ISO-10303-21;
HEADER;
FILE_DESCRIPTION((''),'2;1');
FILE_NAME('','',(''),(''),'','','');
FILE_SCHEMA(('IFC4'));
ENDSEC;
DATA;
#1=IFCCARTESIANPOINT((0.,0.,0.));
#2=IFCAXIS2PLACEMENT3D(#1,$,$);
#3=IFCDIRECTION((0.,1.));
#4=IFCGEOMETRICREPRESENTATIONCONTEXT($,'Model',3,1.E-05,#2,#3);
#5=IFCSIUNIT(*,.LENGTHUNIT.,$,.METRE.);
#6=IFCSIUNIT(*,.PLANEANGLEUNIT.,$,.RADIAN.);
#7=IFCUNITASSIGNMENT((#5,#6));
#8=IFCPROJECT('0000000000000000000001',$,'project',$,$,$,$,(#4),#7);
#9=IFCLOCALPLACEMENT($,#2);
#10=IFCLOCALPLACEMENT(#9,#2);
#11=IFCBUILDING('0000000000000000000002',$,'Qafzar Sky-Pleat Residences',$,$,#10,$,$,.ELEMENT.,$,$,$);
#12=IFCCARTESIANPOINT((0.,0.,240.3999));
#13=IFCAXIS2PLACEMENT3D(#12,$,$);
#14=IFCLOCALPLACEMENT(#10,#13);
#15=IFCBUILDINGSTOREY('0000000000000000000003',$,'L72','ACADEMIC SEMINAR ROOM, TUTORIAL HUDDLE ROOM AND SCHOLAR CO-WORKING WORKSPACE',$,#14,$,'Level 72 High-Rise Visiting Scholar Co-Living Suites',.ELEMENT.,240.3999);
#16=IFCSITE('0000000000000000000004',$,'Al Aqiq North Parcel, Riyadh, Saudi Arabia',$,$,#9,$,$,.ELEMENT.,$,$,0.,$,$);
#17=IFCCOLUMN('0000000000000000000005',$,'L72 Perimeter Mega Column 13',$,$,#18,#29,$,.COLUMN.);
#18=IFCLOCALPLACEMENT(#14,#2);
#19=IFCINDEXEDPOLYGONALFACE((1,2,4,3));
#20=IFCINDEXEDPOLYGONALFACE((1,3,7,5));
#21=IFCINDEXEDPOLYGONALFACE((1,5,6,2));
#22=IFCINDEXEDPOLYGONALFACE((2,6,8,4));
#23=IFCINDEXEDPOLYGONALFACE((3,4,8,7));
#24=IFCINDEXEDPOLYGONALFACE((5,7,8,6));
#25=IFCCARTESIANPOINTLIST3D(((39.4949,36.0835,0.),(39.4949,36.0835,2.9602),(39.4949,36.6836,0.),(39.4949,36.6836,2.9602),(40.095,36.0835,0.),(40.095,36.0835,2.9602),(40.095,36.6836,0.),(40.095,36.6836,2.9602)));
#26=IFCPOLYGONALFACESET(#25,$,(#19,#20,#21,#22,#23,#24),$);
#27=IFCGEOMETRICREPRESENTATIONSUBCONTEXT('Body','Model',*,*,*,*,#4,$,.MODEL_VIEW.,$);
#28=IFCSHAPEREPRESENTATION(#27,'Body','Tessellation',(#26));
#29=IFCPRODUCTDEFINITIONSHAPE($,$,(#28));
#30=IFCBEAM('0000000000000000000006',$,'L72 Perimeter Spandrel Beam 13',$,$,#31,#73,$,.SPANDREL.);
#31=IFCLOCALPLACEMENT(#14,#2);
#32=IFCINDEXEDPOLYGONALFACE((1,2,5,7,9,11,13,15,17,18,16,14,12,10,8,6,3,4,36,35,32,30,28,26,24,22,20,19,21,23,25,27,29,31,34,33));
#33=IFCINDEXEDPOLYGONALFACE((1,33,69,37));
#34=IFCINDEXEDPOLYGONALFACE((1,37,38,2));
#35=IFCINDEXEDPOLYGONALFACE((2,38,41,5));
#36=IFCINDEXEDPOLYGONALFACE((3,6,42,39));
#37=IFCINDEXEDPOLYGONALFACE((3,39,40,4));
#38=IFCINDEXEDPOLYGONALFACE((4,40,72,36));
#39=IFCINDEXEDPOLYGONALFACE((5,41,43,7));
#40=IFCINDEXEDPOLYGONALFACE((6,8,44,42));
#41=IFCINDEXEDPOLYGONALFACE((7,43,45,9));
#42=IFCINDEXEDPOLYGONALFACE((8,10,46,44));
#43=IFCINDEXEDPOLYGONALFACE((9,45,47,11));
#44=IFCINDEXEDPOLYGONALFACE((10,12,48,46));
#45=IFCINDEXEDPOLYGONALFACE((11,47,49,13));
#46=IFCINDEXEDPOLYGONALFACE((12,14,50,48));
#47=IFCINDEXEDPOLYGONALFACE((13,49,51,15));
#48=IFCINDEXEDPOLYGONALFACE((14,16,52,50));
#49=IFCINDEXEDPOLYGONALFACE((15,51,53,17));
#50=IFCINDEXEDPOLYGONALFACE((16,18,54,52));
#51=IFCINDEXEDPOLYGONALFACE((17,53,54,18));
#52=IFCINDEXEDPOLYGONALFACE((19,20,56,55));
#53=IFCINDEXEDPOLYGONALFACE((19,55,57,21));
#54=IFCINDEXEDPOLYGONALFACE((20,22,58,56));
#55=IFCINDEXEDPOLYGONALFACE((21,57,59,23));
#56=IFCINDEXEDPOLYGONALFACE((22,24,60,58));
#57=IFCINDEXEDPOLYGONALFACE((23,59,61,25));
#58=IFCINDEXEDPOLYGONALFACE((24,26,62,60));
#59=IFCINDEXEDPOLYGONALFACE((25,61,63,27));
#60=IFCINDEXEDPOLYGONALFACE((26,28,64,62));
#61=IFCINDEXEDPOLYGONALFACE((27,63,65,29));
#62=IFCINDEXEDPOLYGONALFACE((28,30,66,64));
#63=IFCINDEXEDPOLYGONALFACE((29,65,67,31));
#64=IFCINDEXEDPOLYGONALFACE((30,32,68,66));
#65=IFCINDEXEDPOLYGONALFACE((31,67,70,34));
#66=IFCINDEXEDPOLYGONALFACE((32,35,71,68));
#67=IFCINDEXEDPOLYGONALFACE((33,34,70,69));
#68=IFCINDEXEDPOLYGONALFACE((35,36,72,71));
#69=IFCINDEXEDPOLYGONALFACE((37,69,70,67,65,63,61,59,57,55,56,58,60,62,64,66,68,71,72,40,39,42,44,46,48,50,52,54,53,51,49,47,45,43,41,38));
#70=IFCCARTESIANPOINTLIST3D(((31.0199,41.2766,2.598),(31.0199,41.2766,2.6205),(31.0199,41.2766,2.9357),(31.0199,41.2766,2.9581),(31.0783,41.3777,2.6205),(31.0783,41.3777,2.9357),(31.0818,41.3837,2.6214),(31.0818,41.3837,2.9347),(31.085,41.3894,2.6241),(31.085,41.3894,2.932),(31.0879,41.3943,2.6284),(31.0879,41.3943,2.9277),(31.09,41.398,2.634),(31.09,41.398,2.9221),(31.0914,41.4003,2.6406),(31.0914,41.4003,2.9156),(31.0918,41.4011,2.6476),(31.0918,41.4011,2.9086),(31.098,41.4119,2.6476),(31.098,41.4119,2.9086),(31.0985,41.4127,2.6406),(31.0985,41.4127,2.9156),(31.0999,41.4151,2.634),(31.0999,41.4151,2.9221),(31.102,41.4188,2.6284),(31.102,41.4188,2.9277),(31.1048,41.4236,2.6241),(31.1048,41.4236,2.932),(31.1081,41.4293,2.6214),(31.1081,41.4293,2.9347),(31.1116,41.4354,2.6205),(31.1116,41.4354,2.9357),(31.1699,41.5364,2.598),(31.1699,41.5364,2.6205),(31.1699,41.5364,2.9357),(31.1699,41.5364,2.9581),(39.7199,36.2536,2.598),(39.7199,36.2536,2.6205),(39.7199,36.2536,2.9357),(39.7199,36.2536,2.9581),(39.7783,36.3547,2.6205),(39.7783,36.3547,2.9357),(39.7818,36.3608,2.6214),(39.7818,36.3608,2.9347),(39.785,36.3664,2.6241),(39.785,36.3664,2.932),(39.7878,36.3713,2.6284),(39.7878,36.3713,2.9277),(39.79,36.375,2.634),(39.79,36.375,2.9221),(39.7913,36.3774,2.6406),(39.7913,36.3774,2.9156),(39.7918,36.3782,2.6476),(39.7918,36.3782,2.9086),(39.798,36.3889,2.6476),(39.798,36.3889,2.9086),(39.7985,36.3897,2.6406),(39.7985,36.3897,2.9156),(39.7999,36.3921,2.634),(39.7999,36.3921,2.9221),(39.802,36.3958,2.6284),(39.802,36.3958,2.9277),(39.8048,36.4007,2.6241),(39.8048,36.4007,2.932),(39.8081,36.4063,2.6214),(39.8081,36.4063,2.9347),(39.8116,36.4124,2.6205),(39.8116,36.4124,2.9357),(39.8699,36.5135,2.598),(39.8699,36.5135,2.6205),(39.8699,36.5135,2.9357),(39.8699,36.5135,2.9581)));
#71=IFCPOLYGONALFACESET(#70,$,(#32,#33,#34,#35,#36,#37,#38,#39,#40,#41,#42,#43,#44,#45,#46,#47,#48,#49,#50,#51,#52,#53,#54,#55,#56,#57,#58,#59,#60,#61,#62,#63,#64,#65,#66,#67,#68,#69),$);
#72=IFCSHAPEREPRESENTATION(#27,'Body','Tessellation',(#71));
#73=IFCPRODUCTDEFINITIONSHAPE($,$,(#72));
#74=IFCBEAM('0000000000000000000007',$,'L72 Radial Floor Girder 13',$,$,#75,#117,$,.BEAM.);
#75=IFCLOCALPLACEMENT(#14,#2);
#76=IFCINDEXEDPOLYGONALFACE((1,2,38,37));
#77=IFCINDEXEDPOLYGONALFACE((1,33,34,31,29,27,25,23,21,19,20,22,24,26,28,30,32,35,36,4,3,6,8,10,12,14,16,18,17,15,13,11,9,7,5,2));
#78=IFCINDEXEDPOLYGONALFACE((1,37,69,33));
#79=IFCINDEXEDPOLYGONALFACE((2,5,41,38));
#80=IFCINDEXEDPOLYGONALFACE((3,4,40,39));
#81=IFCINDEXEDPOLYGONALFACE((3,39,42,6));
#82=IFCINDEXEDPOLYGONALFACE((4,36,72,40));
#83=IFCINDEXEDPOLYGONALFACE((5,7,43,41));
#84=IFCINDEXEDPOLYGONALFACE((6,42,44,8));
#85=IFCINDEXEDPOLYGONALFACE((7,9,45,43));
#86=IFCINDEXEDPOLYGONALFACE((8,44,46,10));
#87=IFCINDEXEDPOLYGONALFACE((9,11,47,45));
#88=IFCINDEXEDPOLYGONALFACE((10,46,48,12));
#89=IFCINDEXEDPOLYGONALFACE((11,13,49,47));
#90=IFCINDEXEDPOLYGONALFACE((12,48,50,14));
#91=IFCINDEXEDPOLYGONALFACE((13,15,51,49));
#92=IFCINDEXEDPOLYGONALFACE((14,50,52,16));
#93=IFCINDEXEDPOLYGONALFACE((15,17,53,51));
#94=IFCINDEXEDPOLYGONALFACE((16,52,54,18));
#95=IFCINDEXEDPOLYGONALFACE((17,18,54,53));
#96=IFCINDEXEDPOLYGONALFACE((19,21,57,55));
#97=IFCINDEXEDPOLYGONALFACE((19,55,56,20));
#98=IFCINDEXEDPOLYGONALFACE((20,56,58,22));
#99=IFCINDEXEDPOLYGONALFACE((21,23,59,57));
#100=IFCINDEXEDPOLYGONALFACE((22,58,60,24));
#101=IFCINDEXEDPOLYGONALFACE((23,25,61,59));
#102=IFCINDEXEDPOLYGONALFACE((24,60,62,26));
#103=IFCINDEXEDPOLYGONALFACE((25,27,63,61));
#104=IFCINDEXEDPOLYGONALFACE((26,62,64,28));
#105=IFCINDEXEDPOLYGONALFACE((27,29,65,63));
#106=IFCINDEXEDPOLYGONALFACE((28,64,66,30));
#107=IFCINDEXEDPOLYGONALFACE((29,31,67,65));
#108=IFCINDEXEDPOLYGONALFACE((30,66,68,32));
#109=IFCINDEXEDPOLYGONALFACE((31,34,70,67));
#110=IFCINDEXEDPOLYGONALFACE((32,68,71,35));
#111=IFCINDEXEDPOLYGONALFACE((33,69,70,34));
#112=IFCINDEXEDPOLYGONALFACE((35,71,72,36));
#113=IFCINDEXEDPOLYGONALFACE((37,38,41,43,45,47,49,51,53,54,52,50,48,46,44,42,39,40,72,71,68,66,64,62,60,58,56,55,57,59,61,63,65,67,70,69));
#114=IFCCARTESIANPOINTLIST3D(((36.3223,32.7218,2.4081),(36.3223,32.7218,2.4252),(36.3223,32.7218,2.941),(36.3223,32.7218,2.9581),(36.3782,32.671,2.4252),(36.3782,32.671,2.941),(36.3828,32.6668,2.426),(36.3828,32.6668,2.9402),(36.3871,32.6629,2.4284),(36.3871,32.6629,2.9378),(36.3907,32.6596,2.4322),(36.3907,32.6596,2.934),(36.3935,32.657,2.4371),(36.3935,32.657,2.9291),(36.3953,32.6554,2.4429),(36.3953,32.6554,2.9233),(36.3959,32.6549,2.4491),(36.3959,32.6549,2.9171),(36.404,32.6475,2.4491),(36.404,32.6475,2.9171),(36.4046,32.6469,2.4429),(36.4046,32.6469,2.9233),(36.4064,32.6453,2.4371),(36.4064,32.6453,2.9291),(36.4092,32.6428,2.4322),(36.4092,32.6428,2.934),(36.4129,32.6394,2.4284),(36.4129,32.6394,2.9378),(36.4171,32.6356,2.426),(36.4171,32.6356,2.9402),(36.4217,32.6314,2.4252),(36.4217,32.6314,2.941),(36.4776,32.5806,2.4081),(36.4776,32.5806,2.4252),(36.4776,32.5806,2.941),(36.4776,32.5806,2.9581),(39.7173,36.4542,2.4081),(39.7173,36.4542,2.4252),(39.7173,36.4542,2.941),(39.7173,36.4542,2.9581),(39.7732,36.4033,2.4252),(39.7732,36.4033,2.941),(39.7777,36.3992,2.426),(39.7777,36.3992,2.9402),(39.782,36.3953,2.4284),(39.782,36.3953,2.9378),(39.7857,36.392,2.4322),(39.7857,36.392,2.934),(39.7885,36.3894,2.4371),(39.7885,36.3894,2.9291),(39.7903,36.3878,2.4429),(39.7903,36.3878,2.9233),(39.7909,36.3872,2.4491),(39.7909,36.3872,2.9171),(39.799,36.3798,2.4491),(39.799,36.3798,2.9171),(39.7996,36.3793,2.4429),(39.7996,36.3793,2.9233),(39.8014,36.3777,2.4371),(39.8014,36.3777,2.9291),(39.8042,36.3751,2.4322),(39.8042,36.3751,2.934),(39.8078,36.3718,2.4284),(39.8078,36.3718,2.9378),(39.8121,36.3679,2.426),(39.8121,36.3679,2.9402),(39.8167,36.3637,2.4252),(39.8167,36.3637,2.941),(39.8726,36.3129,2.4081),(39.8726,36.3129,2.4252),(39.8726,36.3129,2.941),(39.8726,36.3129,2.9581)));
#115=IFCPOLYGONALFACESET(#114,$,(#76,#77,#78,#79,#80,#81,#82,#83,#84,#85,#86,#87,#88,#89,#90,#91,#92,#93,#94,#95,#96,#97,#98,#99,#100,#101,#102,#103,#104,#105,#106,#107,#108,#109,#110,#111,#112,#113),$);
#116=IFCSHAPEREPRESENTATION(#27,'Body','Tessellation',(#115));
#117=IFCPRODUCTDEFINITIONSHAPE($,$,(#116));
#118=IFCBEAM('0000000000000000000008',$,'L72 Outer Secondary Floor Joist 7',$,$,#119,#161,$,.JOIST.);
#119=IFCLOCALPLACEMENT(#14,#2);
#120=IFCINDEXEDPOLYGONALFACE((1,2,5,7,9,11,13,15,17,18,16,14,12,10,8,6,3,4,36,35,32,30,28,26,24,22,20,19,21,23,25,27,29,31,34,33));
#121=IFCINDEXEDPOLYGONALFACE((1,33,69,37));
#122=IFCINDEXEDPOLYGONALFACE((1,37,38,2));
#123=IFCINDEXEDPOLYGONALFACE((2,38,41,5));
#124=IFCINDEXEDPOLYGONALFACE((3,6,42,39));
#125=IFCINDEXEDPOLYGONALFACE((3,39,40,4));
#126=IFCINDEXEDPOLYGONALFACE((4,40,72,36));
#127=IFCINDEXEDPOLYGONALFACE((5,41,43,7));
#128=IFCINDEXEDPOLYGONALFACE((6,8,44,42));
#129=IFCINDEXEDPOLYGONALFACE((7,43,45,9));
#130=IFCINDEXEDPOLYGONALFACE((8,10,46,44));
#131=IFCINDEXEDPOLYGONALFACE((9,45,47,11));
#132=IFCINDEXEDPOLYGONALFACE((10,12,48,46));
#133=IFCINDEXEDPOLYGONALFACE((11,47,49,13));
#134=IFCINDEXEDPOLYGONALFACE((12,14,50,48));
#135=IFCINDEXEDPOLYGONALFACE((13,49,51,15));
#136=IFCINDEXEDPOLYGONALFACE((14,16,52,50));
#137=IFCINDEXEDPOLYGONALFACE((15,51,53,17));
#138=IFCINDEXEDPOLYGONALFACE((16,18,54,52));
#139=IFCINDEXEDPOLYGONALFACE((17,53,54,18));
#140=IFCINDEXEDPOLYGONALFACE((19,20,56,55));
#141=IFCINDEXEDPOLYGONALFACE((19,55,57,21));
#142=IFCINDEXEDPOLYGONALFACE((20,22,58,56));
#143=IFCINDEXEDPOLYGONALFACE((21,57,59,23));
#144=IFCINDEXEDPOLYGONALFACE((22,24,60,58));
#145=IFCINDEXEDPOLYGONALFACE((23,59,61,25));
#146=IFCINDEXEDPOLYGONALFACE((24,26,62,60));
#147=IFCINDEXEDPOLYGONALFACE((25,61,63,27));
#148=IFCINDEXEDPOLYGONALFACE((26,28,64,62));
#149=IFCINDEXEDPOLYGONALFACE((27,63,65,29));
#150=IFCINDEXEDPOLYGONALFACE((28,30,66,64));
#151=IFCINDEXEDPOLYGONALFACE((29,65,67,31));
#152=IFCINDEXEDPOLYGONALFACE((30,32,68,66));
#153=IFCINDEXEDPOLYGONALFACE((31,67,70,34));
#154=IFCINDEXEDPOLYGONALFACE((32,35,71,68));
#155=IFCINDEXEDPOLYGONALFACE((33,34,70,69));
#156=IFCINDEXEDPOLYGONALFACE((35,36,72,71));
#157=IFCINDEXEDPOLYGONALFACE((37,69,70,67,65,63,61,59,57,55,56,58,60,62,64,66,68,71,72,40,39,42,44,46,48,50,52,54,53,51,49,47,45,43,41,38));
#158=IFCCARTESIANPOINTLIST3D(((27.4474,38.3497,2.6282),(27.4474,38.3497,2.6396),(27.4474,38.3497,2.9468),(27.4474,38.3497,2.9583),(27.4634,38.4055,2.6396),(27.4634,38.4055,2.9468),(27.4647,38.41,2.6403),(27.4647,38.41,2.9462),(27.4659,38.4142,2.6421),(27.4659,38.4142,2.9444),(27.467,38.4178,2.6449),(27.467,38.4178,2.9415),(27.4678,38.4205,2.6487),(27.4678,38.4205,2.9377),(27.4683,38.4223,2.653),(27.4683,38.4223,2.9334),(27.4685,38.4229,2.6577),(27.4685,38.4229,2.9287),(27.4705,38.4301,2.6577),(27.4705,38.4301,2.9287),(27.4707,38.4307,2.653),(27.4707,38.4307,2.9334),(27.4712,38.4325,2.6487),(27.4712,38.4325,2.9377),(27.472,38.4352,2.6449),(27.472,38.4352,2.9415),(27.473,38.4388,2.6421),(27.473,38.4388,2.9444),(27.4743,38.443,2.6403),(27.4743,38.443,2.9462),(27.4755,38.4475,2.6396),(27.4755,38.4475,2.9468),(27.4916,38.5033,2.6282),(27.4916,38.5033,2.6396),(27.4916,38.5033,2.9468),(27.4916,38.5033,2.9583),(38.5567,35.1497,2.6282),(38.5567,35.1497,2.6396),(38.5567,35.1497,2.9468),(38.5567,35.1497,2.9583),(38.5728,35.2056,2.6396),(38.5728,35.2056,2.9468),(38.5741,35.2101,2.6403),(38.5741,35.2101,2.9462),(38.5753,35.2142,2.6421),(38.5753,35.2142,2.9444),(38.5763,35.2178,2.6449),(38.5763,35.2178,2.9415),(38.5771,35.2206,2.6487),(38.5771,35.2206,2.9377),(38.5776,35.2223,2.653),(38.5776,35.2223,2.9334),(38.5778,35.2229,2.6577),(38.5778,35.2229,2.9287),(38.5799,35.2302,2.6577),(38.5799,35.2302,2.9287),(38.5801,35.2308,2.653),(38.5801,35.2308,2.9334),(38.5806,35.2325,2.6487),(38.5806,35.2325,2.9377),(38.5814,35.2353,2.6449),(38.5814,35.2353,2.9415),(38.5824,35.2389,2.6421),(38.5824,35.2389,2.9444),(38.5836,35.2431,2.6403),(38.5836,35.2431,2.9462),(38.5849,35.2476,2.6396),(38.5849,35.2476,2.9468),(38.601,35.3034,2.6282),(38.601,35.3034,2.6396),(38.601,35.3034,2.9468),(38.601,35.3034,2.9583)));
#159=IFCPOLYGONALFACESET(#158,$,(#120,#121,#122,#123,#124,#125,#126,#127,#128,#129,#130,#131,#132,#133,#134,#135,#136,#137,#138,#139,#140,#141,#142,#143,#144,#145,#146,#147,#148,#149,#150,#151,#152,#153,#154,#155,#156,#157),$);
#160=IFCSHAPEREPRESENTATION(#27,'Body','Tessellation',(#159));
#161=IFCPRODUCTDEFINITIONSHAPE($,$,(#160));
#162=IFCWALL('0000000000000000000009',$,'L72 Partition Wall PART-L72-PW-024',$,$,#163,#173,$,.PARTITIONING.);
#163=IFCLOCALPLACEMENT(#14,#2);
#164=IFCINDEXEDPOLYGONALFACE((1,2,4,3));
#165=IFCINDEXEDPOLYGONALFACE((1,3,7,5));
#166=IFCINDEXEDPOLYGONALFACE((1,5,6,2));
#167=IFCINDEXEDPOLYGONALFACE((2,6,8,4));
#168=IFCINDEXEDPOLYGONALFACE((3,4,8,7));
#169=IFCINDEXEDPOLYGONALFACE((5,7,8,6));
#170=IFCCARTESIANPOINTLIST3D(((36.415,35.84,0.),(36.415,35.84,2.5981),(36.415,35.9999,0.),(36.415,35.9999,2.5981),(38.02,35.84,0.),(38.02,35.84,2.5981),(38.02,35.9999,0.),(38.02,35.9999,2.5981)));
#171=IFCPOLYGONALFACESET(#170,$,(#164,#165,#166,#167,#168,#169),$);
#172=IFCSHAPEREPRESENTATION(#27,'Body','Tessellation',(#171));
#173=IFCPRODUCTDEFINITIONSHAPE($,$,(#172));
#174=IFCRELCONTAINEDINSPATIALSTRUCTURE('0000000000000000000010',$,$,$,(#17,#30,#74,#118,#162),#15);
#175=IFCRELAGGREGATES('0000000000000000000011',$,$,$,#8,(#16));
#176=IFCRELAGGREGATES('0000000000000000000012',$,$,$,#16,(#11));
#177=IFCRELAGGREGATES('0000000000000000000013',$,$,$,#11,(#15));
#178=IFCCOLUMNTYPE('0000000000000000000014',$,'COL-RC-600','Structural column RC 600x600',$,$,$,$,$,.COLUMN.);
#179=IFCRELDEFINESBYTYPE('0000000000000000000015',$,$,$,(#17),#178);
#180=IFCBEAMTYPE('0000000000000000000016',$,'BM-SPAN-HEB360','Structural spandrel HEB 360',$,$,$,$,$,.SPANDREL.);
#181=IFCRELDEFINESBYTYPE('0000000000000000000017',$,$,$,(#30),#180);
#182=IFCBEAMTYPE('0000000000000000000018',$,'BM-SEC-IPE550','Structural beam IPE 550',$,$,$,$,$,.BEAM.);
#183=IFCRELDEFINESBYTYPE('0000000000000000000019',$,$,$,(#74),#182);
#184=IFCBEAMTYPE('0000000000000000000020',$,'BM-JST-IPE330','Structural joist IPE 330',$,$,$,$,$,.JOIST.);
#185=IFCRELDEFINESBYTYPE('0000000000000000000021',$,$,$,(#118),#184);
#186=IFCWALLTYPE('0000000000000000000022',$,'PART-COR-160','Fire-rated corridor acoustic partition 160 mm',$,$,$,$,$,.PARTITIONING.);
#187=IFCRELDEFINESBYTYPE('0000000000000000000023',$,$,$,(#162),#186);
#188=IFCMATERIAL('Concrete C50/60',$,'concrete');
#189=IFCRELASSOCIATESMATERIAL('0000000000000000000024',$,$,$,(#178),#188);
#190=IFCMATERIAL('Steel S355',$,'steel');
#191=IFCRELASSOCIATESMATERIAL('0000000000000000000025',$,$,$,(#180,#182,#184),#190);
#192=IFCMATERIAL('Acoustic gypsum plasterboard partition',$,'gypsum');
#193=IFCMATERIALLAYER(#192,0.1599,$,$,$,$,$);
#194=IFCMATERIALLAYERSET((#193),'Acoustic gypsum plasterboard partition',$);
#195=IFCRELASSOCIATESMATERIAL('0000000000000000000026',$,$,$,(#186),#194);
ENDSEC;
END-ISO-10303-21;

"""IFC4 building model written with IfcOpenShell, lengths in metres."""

from ifc_helpers import new_model, si_unit, direction, frame, frame_2d, origin, origin_2d, place, context, subcontext, project, spatial, rectangle, i_section, extrude, source, transform, mapped, material, layer, layer_set, material_profile, profile_set, type_object, element, save


model = new_model("IFC4")

# Units and contexts
model_context = context("Model", 3, precision=1e-05, world=origin(), true_north=direction((0.0, 1.0)))
body_context = subcontext(model_context, "Body", "Model", "MODEL_VIEW")
ifc_project = project(units=[si_unit("LENGTHUNIT", "METRE"), si_unit("PLANEANGLEUNIT", "RADIAN")], contexts=[model_context])

# Site, building, storey
site_placement = place(None, origin())
site = spatial("IfcSite", under=ifc_project, at=site_placement, Name="Al Aqiq North Parcel, Riyadh, Saudi Arabia", CompositionType="ELEMENT", RefElevation=0.0)
building_placement = place(site_placement, origin())
building = spatial("IfcBuilding", under=site, at=building_placement, Name="Qafzar Sky-Pleat Residences", CompositionType="ELEMENT")
storey_placement = place(building_placement, frame((0.0, 0.0, 240.3999)))
storey = spatial("IfcBuildingStorey", under=building, at=storey_placement, Name="L72", Description="ACADEMIC SEMINAR ROOM, TUTORIAL HUDDLE ROOM AND SCHOLAR CO-WORKING WORKSPACE", LongName="Level 72 High-Rise Visiting Scholar Co-Living Suites", CompositionType="ELEMENT", Elevation=240.3999)

# Column
ifc_material_1 = material(Name="Concrete C50/60", Category="concrete")
ifc_material_profile_1 = material_profile(ifc_material_1, rectangle(XDim=0.6001, YDim=0.6001, at=origin_2d()), Name="RC 600x600")
ifc_profile_set_1 = profile_set([ifc_material_profile_1], Name="Concrete C50/60")
column_type = type_object("IfcColumnType", Name="COL-RC-600", Description="Structural column RC 600x600", PredefinedType="COLUMN", material=ifc_profile_set_1)
shared_shape_1 = source(origin(), body_context, "Body", "SweptSolid", [
    extrude(rectangle(XDim=0.6001, YDim=0.6001, at=origin_2d()), origin(), (0.0, 0.0, 1.0), 2.9602),
])
column_placement = place(storey_placement, frame((39.7949, 36.3835, 0.0), z_axis=(0.0, 0.0, 1.0), x_axis=(1.0, 0.0, 0.0)))
element("IfcColumn", 1, at=column_placement, inside=storey, type_object=column_type, Name="L72 Perimeter Mega Column 13", PredefinedType="COLUMN", context=body_context, shape_type="MappedRepresentation", body=[
    mapped(shared_shape_1, transform((0.0, 0.0, 0.0), x_axis=(1.0, 0.0, 0.0), y_axis=(0.0, 1.0, 0.0), z_axis=(0.0, 0.0, 1.0), scale=1.0)),
])

# Beams
ifc_material_2 = material(Name="Steel S355", Category="steel")
ifc_material_profile_2 = material_profile(ifc_material_2, i_section(OverallWidth=0.3, OverallDepth=0.3601, WebThickness=0.0125, FlangeThickness=0.0225, FilletRadius=0.0271, at=origin_2d()), Name="HEB 360")
ifc_profile_set_2 = profile_set([ifc_material_profile_2], Name="Steel S355")
beam_type_1 = type_object("IfcBeamType", Name="BM-SPAN-HEB360", Description="Structural spandrel HEB 360", PredefinedType="SPANDREL", material=ifc_profile_set_2)
shared_shape_2 = source(origin(), body_context, "Body", "SweptSolid", [
    extrude(i_section(OverallWidth=0.3, OverallDepth=0.3601, WebThickness=0.0125, FlangeThickness=0.0225, FilletRadius=0.0271, at=origin_2d()), origin(), (0.0, 0.0, 1.0), 10.0459),
])
beam_1_placement = place(storey_placement, frame((39.7949, 36.3835, 2.7781), z_axis=(-0.866024, 0.500002, 0.0), x_axis=(-0.500002, -0.866024, 0.0)))
element("IfcBeam", 2, at=beam_1_placement, inside=storey, type_object=beam_type_1, Name="L72 Perimeter Spandrel Beam 13", PredefinedType="SPANDREL", context=body_context, shape_type="MappedRepresentation", body=[
    mapped(shared_shape_2, transform((0.0, 0.0, 0.0), x_axis=(1.0, 0.0, 0.0), y_axis=(0.0, 1.0, 0.0), z_axis=(0.0, 0.0, 1.0), scale=1.0)),
])
ifc_material_profile_3 = material_profile(ifc_material_2, i_section(OverallWidth=0.21, OverallDepth=0.55, WebThickness=0.011, FlangeThickness=0.0171, FilletRadius=0.0239, at=origin_2d()), Name="IPE 550")
ifc_profile_set_3 = profile_set([ifc_material_profile_3], Name="Steel S355")
beam_type_2 = type_object("IfcBeamType", Name="BM-SEC-IPE550", Description="Structural beam IPE 550", PredefinedType="BEAM", material=ifc_profile_set_3)
shared_shape_3 = source(origin(), body_context, "Body", "SweptSolid", [
    extrude(i_section(OverallWidth=0.21, OverallDepth=0.55, WebThickness=0.011, FlangeThickness=0.0171, FilletRadius=0.0239, at=origin_2d()), origin(), (0.0, 0.0, 1.0), 5.0454),
])
beam_2_placement = place(storey_placement, frame((39.7949, 36.3835, 2.6831), z_axis=(-0.67288, -0.739752, 0.0), x_axis=(0.739752, -0.67288, 0.0)))
element("IfcBeam", 3, at=beam_2_placement, inside=storey, type_object=beam_type_2, Name="L72 Radial Floor Girder 13", PredefinedType="BEAM", context=body_context, shape_type="MappedRepresentation", body=[
    mapped(shared_shape_3, transform((0.0, 0.0, 0.0), x_axis=(1.0, 0.0, 0.0), y_axis=(0.0, 1.0, 0.0), z_axis=(0.0, 0.0, 1.0), scale=1.0)),
])
ifc_material_profile_4 = material_profile(ifc_material_2, i_section(OverallWidth=0.1599, OverallDepth=0.3301, WebThickness=0.0076, FlangeThickness=0.0115, FilletRadius=0.0181, at=origin_2d()), Name="IPE 330")
ifc_profile_set_4 = profile_set([ifc_material_profile_4], Name="Steel S355")
beam_type_3 = type_object("IfcBeamType", Name="BM-JST-IPE330", Description="Structural joist IPE 330", PredefinedType="JOIST", material=ifc_profile_set_4)
shared_shape_4 = source(origin(), body_context, "Body", "SweptSolid", [
    extrude(i_section(OverallWidth=0.1599, OverallDepth=0.3301, WebThickness=0.0076, FlangeThickness=0.0115, FilletRadius=0.0181, at=origin_2d()), origin(), (0.0, 0.0, 1.0), 11.561),
])
beam_3_placement = place(storey_placement, frame((38.5789, 35.2266, 2.7932), z_axis=(-0.960931, 0.276787, 0.0), x_axis=(-0.276787, -0.960931, 0.0)))
element("IfcBeam", 4, at=beam_3_placement, inside=storey, type_object=beam_type_3, Name="L72 Outer Secondary Floor Joist 7", PredefinedType="JOIST", context=body_context, shape_type="MappedRepresentation", body=[
    mapped(shared_shape_4, transform((0.0, 0.0, 0.0), x_axis=(1.0, 0.0, 0.0), y_axis=(0.0, 1.0, 0.0), z_axis=(0.0, 0.0, 1.0), scale=1.0)),
])

# Wall
ifc_material_3 = material(Name="Acoustic gypsum plasterboard partition", Category="gypsum")
ifc_layer_1 = layer(ifc_material_3, 0.1599)
ifc_layer_set_1 = layer_set([ifc_layer_1], Name="Acoustic gypsum plasterboard partition")
wall_type_1 = type_object("IfcWallType", Name="PART-COR-160", Description="Fire-rated corridor acoustic partition 160 mm", PredefinedType="PARTITIONING", material=ifc_layer_set_1)
wall_1_placement = place(storey_placement, frame((36.415, 35.9199, 0.0), z_axis=(0.0, 0.0, 1.0), x_axis=(1.0, 0.0, 0.0)))
element("IfcWall", 5, at=wall_1_placement, inside=storey, type_object=wall_type_1, Name="L72 Partition Wall PART-L72-PW-024", PredefinedType="PARTITIONING", context=body_context, shape_type="SweptSolid", body=[
    extrude(rectangle(XDim=1.605, YDim=0.1599, at=frame_2d((0.8025, 0.0))), origin(), (0.0, 0.0, 1.0), 2.5981),
])

save(model, "model.ifc")
